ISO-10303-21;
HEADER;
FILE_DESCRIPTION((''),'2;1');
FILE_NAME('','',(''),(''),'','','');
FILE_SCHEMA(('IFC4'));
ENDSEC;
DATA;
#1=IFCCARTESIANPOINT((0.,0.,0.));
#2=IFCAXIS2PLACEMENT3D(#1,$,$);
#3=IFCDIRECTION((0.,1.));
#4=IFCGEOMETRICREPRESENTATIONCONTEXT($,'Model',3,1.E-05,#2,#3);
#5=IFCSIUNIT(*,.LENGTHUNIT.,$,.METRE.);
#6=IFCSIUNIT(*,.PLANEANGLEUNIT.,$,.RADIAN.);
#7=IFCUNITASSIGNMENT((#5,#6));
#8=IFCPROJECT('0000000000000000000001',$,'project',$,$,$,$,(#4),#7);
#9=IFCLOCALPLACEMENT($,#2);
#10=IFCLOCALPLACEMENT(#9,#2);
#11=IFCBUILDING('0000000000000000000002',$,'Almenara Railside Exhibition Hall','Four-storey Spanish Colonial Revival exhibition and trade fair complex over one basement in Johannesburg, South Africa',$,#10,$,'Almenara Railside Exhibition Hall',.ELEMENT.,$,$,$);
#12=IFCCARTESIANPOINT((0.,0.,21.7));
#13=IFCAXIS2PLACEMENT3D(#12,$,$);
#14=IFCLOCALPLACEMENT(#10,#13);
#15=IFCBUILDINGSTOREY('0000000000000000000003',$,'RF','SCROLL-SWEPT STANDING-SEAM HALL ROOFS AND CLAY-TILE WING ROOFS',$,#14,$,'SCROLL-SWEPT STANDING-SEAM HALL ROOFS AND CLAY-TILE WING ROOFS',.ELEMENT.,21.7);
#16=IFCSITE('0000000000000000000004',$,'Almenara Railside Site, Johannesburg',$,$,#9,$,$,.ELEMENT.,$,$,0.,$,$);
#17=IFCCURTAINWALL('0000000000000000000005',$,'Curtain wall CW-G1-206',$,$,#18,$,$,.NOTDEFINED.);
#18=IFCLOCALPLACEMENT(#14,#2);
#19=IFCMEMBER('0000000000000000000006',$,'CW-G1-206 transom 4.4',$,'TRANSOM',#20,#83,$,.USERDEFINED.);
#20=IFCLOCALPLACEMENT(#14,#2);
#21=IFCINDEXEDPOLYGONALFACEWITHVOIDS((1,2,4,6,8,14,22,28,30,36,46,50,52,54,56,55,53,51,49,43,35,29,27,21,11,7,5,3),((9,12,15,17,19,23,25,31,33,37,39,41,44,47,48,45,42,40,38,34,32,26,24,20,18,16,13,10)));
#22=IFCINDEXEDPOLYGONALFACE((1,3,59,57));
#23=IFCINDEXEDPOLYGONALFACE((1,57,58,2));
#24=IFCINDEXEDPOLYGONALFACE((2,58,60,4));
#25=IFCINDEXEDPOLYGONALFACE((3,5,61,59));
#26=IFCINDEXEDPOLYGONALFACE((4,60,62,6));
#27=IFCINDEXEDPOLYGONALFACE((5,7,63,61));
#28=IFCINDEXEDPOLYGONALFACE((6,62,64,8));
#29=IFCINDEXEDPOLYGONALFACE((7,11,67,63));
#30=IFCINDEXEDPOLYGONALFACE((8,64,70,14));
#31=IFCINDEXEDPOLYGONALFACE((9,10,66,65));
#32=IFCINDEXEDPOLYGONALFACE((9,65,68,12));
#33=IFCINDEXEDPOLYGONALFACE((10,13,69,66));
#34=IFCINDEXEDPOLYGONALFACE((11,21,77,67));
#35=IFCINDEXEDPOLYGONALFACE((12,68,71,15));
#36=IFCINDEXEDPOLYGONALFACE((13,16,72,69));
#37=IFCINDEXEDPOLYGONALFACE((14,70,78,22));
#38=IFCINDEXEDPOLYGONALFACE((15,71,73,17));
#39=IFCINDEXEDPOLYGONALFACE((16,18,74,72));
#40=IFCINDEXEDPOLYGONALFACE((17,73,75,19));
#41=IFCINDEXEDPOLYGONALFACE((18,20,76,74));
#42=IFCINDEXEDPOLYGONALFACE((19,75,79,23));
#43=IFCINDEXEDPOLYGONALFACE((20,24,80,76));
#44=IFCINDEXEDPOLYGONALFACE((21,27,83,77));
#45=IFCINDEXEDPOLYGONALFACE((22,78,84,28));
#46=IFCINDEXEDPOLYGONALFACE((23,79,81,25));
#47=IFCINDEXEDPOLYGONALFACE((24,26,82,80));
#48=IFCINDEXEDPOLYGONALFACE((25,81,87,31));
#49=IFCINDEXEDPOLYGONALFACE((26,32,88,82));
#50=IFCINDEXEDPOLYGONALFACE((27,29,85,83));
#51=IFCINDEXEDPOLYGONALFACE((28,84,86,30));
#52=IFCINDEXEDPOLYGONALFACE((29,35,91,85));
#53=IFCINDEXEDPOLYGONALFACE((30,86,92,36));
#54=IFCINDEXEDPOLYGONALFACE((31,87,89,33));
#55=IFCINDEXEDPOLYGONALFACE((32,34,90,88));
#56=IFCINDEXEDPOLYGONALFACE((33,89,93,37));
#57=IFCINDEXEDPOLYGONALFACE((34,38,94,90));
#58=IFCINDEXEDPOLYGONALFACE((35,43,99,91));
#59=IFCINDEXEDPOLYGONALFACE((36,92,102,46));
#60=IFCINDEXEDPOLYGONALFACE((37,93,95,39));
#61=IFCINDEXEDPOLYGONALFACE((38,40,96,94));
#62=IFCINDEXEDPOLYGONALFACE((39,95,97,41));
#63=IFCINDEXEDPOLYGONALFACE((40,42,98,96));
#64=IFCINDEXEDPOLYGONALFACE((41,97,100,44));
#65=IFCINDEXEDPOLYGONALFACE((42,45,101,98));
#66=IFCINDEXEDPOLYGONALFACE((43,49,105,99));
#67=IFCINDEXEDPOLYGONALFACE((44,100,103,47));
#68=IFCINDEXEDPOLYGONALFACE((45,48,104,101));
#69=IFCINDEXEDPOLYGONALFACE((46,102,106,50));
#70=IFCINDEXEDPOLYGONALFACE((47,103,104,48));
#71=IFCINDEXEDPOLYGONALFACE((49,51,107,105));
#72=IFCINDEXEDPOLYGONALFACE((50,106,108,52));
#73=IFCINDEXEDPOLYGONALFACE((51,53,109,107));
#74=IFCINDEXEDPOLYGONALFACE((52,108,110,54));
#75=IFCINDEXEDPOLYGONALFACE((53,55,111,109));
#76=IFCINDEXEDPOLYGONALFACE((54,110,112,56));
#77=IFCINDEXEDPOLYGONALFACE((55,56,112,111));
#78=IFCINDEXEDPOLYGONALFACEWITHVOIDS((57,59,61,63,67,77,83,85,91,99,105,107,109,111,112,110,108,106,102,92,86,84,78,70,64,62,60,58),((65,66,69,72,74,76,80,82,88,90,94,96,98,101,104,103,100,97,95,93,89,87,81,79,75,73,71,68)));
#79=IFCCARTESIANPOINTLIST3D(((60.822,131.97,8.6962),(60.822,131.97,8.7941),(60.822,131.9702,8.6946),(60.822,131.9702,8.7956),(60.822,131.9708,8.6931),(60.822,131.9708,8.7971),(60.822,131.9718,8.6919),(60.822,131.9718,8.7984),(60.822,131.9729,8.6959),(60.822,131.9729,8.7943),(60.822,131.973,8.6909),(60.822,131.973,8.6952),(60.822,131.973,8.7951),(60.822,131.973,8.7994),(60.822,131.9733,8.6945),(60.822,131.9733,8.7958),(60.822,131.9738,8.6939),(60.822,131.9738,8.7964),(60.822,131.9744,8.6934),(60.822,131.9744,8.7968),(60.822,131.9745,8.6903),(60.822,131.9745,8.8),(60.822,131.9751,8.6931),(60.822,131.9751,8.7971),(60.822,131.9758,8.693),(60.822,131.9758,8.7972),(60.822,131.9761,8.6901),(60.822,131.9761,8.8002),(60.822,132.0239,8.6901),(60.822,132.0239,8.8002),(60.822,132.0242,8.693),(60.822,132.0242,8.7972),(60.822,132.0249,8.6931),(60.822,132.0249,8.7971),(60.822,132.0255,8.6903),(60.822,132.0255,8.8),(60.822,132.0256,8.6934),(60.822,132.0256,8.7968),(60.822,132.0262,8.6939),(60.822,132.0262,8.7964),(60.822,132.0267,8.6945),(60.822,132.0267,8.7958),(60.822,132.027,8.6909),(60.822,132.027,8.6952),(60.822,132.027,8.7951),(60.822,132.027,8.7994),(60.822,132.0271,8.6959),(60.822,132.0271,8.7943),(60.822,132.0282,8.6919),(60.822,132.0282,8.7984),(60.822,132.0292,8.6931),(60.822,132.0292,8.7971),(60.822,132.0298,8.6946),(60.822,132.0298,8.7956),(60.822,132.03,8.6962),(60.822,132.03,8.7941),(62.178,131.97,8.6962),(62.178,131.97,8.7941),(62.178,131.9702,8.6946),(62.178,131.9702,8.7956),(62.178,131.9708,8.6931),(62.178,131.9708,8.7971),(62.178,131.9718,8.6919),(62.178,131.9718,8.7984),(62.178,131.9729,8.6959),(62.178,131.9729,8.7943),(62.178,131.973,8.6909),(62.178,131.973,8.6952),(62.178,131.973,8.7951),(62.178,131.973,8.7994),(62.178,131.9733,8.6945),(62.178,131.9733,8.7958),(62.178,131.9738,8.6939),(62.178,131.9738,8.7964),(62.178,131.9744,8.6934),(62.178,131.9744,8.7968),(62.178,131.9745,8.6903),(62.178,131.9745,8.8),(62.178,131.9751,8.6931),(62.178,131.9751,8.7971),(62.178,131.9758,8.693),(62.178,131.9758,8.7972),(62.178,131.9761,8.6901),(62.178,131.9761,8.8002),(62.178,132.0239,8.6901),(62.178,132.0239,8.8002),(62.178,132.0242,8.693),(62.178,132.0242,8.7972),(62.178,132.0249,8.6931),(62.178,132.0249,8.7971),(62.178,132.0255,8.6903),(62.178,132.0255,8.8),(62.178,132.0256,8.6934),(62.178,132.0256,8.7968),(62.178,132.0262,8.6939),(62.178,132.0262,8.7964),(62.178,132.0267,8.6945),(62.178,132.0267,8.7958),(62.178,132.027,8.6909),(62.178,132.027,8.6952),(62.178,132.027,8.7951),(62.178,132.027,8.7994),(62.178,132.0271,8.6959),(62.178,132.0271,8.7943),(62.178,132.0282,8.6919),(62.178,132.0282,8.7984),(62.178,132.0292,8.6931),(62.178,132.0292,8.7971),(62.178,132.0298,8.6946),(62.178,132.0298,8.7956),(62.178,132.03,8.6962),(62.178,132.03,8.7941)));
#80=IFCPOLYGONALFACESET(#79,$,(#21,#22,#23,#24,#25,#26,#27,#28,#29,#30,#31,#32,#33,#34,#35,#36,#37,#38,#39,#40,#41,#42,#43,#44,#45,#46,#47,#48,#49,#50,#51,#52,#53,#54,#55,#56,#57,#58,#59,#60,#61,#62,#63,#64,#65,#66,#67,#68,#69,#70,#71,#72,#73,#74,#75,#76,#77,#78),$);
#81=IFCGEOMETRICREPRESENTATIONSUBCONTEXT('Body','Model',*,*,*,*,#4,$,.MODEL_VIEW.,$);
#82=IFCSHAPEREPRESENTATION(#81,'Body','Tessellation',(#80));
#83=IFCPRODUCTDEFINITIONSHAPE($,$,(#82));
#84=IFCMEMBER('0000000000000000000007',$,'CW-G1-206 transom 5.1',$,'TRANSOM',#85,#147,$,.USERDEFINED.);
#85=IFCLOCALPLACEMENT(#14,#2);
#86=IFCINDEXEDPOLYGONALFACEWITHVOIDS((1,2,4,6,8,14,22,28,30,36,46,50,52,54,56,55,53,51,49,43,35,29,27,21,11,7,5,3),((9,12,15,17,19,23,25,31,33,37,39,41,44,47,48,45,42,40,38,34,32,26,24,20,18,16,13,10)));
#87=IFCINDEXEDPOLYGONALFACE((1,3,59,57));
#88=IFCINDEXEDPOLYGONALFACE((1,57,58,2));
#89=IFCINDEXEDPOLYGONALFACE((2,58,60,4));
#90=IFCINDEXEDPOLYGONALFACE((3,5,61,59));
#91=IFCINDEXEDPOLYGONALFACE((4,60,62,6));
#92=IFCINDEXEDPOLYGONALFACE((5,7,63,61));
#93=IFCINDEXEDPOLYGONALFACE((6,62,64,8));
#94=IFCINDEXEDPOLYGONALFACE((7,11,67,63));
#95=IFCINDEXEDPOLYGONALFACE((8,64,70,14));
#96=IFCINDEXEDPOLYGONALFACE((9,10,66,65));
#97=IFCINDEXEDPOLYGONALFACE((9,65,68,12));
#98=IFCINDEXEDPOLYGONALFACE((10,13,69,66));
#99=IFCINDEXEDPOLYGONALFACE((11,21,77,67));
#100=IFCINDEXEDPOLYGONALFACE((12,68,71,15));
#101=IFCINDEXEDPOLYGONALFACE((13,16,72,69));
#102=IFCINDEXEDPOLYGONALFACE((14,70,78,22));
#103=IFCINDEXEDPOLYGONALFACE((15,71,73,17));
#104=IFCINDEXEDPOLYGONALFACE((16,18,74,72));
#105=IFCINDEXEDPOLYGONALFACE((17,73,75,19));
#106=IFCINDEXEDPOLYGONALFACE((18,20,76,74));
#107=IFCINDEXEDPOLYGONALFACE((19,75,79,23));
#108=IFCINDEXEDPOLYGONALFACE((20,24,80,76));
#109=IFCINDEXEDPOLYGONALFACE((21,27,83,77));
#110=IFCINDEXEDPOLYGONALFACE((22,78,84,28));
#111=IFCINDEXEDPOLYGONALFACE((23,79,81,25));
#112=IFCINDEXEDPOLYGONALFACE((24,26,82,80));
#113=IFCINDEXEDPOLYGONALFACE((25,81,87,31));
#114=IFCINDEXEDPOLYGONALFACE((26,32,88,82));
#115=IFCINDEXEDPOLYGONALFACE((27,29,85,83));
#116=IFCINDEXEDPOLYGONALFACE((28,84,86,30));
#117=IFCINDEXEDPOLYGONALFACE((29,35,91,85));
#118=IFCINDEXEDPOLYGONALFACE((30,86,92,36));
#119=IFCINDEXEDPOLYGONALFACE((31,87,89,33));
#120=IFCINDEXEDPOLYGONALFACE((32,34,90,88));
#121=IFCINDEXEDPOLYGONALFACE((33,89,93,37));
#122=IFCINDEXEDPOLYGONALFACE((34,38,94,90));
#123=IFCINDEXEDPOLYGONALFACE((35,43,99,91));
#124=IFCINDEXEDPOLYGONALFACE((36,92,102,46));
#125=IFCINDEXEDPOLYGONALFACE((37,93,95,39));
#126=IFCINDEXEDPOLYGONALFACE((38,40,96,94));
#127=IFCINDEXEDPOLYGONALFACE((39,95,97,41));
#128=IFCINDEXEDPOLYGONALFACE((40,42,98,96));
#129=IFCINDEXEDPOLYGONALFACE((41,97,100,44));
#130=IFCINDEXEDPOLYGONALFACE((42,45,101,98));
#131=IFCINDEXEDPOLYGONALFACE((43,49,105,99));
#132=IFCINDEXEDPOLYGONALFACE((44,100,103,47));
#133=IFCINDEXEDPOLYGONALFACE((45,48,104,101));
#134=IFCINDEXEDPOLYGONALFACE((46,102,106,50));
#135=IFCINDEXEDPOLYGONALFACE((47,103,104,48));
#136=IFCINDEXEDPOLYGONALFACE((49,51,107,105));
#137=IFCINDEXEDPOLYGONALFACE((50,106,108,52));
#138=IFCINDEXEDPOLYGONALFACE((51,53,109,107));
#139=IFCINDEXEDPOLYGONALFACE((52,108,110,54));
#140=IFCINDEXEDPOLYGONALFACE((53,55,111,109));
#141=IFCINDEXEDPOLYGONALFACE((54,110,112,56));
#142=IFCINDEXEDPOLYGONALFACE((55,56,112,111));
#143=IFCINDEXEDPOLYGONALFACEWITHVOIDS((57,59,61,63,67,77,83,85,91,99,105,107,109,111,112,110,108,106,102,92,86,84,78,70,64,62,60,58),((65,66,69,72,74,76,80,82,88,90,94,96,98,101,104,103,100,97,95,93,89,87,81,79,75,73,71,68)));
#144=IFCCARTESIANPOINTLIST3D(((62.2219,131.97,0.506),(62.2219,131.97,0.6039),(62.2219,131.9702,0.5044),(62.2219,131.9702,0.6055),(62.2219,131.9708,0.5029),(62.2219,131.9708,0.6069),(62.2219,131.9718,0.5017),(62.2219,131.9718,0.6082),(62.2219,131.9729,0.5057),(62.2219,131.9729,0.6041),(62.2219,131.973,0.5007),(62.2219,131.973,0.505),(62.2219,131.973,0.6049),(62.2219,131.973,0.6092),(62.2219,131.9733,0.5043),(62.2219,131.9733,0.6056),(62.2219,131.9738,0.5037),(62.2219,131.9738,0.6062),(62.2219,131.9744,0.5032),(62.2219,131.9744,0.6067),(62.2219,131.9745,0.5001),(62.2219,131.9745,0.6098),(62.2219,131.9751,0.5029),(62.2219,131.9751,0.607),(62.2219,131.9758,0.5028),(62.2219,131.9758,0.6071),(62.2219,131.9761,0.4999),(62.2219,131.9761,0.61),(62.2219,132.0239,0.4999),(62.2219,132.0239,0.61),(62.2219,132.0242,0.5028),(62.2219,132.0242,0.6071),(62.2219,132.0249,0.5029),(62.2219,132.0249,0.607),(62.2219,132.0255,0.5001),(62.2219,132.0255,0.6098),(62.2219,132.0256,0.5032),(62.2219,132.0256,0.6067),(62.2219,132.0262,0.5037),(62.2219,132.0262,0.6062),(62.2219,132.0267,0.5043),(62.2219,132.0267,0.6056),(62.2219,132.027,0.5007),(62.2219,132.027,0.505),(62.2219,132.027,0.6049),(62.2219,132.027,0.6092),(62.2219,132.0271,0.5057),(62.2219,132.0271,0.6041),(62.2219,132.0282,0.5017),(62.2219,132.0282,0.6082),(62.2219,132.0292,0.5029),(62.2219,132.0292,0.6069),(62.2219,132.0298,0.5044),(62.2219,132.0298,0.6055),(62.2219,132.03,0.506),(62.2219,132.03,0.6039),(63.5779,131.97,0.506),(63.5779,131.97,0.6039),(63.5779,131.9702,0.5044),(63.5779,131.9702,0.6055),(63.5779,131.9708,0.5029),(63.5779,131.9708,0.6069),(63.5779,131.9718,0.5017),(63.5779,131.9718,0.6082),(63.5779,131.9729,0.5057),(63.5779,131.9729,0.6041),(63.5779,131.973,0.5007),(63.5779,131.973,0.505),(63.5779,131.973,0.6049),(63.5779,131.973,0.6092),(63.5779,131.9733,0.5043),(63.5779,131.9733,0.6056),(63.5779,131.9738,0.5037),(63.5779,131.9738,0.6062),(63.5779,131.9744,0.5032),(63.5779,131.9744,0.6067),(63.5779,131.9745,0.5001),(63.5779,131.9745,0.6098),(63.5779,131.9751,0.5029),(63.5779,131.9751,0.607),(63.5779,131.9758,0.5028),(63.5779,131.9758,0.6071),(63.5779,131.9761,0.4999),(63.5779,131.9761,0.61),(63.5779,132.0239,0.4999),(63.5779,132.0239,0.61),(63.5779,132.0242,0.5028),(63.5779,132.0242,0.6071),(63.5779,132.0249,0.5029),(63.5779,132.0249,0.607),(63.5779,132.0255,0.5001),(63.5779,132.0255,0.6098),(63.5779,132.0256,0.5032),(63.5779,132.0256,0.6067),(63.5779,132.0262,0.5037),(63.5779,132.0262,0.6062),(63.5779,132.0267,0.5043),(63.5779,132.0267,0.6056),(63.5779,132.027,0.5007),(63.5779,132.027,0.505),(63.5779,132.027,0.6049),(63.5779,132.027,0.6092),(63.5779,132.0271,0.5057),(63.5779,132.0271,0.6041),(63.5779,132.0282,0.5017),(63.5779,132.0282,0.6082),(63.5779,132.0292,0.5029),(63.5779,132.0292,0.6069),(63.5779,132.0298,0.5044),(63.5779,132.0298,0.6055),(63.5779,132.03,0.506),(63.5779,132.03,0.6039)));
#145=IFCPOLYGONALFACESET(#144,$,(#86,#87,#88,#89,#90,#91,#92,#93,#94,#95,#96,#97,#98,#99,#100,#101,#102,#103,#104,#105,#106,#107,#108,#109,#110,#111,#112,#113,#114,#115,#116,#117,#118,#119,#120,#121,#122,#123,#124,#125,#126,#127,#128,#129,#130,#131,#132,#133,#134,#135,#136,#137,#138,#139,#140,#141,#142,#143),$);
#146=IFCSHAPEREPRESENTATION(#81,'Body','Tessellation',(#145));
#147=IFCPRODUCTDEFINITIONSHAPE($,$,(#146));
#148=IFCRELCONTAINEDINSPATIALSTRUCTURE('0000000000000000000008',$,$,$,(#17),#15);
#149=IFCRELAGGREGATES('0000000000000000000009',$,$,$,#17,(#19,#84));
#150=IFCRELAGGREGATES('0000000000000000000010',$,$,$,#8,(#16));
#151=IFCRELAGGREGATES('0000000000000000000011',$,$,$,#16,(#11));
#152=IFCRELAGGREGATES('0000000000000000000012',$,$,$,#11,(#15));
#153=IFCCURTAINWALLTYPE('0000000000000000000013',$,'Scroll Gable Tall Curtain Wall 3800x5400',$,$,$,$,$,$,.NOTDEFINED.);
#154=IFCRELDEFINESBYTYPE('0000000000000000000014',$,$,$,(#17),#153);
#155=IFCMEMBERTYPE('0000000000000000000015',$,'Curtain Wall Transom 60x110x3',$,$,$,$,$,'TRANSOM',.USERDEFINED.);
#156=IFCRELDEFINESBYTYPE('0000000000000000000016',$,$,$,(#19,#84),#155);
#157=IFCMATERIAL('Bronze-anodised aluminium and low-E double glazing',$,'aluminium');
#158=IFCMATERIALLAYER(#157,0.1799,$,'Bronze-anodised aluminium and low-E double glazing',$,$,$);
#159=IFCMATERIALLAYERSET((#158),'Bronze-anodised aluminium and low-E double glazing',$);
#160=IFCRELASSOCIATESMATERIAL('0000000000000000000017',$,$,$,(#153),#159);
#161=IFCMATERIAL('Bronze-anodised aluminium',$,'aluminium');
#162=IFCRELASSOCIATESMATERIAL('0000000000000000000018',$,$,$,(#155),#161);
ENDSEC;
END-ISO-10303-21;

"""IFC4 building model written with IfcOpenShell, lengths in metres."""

from ifc_helpers import new_model, si_unit, direction, frame, origin, origin_2d, place, context, subcontext, project, spatial, hollow_rectangle, extrude, material, layer, layer_set, material_profile, profile_set, type_object, element, aggregate, save


model = new_model("IFC4")

# Units and contexts
model_context = context("Model", 3, precision=1e-05, world=origin(), true_north=direction((0.0, 1.0)))
body_context = subcontext(model_context, "Body", "Model", "MODEL_VIEW")
ifc_project = project(units=[si_unit("LENGTHUNIT", "METRE"), si_unit("PLANEANGLEUNIT", "RADIAN")], contexts=[model_context])

# Site, building, storey
site_placement = place(None, origin())
site = spatial("IfcSite", under=ifc_project, at=site_placement, Name="Almenara Railside Site, Johannesburg", CompositionType="ELEMENT", RefElevation=0.0)
building_placement = place(site_placement, origin())
building = spatial("IfcBuilding", under=site, at=building_placement, Name="Almenara Railside Exhibition Hall", Description="Four-storey Spanish Colonial Revival exhibition and trade fair complex over one basement in Johannesburg, South Africa", LongName="Almenara Railside Exhibition Hall", CompositionType="ELEMENT")
storey_placement = place(building_placement, frame((0.0, 0.0, 21.7)))
storey = spatial("IfcBuildingStorey", under=building, at=storey_placement, Name="RF", Description="SCROLL-SWEPT STANDING-SEAM HALL ROOFS AND CLAY-TILE WING ROOFS", LongName="SCROLL-SWEPT STANDING-SEAM HALL ROOFS AND CLAY-TILE WING ROOFS", CompositionType="ELEMENT", Elevation=21.7)

# Curtain wall, members
ifc_material_1 = material(Name="Bronze-anodised aluminium and low-E double glazing", Category="aluminium")
ifc_layer_1 = layer(ifc_material_1, 0.1799, Name="Bronze-anodised aluminium and low-E double glazing")
ifc_layer_set_1 = layer_set([ifc_layer_1], Name="Bronze-anodised aluminium and low-E double glazing")
curtain_wall_type = type_object("IfcCurtainWallType", Name="Scroll Gable Tall Curtain Wall 3800x5400", PredefinedType="NOTDEFINED", material=ifc_layer_set_1)
curtain_wall_placement = place(storey_placement, origin())
curtain_wall = element("IfcCurtainWall", 1, at=curtain_wall_placement, inside=storey, type_object=curtain_wall_type, Name="Curtain wall CW-G1-206", PredefinedType="NOTDEFINED")
ifc_material_2 = material(Name="Bronze-anodised aluminium", Category="aluminium")
ifc_material_profile_1 = material_profile(ifc_material_2, hollow_rectangle(XDim=0.0601, YDim=0.1101, WallThickness=0.0029, InnerFilletRadius=0.0029, OuterFilletRadius=0.0061, at=origin_2d()), Name="ALU-TRN 60x110x3")
ifc_profile_set_1 = profile_set([ifc_material_profile_1], Name="Bronze-anodised aluminium")
member_type_1 = type_object("IfcMemberType", Name="Curtain Wall Transom 60x110x3", ElementType="TRANSOM", PredefinedType="USERDEFINED", material=ifc_profile_set_1)
member_1_placement = place(storey_placement, frame((60.822, 132.0, 8.7451), z_axis=(1.0, 0.0, 0.0), x_axis=(0.0, 1.0, 0.0)))
member_1 = element("IfcMember", 2, at=member_1_placement, type_object=member_type_1, Name="CW-G1-206 transom 4.4", ObjectType="TRANSOM", PredefinedType="USERDEFINED", context=body_context, shape_type="SweptSolid", body=[
    extrude(hollow_rectangle(XDim=0.0601, YDim=0.1101, WallThickness=0.0029, InnerFilletRadius=0.0029, OuterFilletRadius=0.0061, at=origin_2d()), origin(), (0.0, 0.0, 1.0), 1.356),
])
member_2_placement = place(storey_placement, frame((62.2219, 132.0, 0.5549), z_axis=(1.0, 0.0, 0.0), x_axis=(0.0, 1.0, 0.0)))
member_2 = element("IfcMember", 3, at=member_2_placement, type_object=member_type_1, Name="CW-G1-206 transom 5.1", ObjectType="TRANSOM", PredefinedType="USERDEFINED", context=body_context, shape_type="SweptSolid", body=[
    extrude(hollow_rectangle(XDim=0.0601, YDim=0.1101, WallThickness=0.0029, InnerFilletRadius=0.0029, OuterFilletRadius=0.0061, at=origin_2d()), origin(), (0.0, 0.0, 1.0), 1.356),
])

aggregate(curtain_wall, [member_1, member_2])

save(model, "model.ifc")
